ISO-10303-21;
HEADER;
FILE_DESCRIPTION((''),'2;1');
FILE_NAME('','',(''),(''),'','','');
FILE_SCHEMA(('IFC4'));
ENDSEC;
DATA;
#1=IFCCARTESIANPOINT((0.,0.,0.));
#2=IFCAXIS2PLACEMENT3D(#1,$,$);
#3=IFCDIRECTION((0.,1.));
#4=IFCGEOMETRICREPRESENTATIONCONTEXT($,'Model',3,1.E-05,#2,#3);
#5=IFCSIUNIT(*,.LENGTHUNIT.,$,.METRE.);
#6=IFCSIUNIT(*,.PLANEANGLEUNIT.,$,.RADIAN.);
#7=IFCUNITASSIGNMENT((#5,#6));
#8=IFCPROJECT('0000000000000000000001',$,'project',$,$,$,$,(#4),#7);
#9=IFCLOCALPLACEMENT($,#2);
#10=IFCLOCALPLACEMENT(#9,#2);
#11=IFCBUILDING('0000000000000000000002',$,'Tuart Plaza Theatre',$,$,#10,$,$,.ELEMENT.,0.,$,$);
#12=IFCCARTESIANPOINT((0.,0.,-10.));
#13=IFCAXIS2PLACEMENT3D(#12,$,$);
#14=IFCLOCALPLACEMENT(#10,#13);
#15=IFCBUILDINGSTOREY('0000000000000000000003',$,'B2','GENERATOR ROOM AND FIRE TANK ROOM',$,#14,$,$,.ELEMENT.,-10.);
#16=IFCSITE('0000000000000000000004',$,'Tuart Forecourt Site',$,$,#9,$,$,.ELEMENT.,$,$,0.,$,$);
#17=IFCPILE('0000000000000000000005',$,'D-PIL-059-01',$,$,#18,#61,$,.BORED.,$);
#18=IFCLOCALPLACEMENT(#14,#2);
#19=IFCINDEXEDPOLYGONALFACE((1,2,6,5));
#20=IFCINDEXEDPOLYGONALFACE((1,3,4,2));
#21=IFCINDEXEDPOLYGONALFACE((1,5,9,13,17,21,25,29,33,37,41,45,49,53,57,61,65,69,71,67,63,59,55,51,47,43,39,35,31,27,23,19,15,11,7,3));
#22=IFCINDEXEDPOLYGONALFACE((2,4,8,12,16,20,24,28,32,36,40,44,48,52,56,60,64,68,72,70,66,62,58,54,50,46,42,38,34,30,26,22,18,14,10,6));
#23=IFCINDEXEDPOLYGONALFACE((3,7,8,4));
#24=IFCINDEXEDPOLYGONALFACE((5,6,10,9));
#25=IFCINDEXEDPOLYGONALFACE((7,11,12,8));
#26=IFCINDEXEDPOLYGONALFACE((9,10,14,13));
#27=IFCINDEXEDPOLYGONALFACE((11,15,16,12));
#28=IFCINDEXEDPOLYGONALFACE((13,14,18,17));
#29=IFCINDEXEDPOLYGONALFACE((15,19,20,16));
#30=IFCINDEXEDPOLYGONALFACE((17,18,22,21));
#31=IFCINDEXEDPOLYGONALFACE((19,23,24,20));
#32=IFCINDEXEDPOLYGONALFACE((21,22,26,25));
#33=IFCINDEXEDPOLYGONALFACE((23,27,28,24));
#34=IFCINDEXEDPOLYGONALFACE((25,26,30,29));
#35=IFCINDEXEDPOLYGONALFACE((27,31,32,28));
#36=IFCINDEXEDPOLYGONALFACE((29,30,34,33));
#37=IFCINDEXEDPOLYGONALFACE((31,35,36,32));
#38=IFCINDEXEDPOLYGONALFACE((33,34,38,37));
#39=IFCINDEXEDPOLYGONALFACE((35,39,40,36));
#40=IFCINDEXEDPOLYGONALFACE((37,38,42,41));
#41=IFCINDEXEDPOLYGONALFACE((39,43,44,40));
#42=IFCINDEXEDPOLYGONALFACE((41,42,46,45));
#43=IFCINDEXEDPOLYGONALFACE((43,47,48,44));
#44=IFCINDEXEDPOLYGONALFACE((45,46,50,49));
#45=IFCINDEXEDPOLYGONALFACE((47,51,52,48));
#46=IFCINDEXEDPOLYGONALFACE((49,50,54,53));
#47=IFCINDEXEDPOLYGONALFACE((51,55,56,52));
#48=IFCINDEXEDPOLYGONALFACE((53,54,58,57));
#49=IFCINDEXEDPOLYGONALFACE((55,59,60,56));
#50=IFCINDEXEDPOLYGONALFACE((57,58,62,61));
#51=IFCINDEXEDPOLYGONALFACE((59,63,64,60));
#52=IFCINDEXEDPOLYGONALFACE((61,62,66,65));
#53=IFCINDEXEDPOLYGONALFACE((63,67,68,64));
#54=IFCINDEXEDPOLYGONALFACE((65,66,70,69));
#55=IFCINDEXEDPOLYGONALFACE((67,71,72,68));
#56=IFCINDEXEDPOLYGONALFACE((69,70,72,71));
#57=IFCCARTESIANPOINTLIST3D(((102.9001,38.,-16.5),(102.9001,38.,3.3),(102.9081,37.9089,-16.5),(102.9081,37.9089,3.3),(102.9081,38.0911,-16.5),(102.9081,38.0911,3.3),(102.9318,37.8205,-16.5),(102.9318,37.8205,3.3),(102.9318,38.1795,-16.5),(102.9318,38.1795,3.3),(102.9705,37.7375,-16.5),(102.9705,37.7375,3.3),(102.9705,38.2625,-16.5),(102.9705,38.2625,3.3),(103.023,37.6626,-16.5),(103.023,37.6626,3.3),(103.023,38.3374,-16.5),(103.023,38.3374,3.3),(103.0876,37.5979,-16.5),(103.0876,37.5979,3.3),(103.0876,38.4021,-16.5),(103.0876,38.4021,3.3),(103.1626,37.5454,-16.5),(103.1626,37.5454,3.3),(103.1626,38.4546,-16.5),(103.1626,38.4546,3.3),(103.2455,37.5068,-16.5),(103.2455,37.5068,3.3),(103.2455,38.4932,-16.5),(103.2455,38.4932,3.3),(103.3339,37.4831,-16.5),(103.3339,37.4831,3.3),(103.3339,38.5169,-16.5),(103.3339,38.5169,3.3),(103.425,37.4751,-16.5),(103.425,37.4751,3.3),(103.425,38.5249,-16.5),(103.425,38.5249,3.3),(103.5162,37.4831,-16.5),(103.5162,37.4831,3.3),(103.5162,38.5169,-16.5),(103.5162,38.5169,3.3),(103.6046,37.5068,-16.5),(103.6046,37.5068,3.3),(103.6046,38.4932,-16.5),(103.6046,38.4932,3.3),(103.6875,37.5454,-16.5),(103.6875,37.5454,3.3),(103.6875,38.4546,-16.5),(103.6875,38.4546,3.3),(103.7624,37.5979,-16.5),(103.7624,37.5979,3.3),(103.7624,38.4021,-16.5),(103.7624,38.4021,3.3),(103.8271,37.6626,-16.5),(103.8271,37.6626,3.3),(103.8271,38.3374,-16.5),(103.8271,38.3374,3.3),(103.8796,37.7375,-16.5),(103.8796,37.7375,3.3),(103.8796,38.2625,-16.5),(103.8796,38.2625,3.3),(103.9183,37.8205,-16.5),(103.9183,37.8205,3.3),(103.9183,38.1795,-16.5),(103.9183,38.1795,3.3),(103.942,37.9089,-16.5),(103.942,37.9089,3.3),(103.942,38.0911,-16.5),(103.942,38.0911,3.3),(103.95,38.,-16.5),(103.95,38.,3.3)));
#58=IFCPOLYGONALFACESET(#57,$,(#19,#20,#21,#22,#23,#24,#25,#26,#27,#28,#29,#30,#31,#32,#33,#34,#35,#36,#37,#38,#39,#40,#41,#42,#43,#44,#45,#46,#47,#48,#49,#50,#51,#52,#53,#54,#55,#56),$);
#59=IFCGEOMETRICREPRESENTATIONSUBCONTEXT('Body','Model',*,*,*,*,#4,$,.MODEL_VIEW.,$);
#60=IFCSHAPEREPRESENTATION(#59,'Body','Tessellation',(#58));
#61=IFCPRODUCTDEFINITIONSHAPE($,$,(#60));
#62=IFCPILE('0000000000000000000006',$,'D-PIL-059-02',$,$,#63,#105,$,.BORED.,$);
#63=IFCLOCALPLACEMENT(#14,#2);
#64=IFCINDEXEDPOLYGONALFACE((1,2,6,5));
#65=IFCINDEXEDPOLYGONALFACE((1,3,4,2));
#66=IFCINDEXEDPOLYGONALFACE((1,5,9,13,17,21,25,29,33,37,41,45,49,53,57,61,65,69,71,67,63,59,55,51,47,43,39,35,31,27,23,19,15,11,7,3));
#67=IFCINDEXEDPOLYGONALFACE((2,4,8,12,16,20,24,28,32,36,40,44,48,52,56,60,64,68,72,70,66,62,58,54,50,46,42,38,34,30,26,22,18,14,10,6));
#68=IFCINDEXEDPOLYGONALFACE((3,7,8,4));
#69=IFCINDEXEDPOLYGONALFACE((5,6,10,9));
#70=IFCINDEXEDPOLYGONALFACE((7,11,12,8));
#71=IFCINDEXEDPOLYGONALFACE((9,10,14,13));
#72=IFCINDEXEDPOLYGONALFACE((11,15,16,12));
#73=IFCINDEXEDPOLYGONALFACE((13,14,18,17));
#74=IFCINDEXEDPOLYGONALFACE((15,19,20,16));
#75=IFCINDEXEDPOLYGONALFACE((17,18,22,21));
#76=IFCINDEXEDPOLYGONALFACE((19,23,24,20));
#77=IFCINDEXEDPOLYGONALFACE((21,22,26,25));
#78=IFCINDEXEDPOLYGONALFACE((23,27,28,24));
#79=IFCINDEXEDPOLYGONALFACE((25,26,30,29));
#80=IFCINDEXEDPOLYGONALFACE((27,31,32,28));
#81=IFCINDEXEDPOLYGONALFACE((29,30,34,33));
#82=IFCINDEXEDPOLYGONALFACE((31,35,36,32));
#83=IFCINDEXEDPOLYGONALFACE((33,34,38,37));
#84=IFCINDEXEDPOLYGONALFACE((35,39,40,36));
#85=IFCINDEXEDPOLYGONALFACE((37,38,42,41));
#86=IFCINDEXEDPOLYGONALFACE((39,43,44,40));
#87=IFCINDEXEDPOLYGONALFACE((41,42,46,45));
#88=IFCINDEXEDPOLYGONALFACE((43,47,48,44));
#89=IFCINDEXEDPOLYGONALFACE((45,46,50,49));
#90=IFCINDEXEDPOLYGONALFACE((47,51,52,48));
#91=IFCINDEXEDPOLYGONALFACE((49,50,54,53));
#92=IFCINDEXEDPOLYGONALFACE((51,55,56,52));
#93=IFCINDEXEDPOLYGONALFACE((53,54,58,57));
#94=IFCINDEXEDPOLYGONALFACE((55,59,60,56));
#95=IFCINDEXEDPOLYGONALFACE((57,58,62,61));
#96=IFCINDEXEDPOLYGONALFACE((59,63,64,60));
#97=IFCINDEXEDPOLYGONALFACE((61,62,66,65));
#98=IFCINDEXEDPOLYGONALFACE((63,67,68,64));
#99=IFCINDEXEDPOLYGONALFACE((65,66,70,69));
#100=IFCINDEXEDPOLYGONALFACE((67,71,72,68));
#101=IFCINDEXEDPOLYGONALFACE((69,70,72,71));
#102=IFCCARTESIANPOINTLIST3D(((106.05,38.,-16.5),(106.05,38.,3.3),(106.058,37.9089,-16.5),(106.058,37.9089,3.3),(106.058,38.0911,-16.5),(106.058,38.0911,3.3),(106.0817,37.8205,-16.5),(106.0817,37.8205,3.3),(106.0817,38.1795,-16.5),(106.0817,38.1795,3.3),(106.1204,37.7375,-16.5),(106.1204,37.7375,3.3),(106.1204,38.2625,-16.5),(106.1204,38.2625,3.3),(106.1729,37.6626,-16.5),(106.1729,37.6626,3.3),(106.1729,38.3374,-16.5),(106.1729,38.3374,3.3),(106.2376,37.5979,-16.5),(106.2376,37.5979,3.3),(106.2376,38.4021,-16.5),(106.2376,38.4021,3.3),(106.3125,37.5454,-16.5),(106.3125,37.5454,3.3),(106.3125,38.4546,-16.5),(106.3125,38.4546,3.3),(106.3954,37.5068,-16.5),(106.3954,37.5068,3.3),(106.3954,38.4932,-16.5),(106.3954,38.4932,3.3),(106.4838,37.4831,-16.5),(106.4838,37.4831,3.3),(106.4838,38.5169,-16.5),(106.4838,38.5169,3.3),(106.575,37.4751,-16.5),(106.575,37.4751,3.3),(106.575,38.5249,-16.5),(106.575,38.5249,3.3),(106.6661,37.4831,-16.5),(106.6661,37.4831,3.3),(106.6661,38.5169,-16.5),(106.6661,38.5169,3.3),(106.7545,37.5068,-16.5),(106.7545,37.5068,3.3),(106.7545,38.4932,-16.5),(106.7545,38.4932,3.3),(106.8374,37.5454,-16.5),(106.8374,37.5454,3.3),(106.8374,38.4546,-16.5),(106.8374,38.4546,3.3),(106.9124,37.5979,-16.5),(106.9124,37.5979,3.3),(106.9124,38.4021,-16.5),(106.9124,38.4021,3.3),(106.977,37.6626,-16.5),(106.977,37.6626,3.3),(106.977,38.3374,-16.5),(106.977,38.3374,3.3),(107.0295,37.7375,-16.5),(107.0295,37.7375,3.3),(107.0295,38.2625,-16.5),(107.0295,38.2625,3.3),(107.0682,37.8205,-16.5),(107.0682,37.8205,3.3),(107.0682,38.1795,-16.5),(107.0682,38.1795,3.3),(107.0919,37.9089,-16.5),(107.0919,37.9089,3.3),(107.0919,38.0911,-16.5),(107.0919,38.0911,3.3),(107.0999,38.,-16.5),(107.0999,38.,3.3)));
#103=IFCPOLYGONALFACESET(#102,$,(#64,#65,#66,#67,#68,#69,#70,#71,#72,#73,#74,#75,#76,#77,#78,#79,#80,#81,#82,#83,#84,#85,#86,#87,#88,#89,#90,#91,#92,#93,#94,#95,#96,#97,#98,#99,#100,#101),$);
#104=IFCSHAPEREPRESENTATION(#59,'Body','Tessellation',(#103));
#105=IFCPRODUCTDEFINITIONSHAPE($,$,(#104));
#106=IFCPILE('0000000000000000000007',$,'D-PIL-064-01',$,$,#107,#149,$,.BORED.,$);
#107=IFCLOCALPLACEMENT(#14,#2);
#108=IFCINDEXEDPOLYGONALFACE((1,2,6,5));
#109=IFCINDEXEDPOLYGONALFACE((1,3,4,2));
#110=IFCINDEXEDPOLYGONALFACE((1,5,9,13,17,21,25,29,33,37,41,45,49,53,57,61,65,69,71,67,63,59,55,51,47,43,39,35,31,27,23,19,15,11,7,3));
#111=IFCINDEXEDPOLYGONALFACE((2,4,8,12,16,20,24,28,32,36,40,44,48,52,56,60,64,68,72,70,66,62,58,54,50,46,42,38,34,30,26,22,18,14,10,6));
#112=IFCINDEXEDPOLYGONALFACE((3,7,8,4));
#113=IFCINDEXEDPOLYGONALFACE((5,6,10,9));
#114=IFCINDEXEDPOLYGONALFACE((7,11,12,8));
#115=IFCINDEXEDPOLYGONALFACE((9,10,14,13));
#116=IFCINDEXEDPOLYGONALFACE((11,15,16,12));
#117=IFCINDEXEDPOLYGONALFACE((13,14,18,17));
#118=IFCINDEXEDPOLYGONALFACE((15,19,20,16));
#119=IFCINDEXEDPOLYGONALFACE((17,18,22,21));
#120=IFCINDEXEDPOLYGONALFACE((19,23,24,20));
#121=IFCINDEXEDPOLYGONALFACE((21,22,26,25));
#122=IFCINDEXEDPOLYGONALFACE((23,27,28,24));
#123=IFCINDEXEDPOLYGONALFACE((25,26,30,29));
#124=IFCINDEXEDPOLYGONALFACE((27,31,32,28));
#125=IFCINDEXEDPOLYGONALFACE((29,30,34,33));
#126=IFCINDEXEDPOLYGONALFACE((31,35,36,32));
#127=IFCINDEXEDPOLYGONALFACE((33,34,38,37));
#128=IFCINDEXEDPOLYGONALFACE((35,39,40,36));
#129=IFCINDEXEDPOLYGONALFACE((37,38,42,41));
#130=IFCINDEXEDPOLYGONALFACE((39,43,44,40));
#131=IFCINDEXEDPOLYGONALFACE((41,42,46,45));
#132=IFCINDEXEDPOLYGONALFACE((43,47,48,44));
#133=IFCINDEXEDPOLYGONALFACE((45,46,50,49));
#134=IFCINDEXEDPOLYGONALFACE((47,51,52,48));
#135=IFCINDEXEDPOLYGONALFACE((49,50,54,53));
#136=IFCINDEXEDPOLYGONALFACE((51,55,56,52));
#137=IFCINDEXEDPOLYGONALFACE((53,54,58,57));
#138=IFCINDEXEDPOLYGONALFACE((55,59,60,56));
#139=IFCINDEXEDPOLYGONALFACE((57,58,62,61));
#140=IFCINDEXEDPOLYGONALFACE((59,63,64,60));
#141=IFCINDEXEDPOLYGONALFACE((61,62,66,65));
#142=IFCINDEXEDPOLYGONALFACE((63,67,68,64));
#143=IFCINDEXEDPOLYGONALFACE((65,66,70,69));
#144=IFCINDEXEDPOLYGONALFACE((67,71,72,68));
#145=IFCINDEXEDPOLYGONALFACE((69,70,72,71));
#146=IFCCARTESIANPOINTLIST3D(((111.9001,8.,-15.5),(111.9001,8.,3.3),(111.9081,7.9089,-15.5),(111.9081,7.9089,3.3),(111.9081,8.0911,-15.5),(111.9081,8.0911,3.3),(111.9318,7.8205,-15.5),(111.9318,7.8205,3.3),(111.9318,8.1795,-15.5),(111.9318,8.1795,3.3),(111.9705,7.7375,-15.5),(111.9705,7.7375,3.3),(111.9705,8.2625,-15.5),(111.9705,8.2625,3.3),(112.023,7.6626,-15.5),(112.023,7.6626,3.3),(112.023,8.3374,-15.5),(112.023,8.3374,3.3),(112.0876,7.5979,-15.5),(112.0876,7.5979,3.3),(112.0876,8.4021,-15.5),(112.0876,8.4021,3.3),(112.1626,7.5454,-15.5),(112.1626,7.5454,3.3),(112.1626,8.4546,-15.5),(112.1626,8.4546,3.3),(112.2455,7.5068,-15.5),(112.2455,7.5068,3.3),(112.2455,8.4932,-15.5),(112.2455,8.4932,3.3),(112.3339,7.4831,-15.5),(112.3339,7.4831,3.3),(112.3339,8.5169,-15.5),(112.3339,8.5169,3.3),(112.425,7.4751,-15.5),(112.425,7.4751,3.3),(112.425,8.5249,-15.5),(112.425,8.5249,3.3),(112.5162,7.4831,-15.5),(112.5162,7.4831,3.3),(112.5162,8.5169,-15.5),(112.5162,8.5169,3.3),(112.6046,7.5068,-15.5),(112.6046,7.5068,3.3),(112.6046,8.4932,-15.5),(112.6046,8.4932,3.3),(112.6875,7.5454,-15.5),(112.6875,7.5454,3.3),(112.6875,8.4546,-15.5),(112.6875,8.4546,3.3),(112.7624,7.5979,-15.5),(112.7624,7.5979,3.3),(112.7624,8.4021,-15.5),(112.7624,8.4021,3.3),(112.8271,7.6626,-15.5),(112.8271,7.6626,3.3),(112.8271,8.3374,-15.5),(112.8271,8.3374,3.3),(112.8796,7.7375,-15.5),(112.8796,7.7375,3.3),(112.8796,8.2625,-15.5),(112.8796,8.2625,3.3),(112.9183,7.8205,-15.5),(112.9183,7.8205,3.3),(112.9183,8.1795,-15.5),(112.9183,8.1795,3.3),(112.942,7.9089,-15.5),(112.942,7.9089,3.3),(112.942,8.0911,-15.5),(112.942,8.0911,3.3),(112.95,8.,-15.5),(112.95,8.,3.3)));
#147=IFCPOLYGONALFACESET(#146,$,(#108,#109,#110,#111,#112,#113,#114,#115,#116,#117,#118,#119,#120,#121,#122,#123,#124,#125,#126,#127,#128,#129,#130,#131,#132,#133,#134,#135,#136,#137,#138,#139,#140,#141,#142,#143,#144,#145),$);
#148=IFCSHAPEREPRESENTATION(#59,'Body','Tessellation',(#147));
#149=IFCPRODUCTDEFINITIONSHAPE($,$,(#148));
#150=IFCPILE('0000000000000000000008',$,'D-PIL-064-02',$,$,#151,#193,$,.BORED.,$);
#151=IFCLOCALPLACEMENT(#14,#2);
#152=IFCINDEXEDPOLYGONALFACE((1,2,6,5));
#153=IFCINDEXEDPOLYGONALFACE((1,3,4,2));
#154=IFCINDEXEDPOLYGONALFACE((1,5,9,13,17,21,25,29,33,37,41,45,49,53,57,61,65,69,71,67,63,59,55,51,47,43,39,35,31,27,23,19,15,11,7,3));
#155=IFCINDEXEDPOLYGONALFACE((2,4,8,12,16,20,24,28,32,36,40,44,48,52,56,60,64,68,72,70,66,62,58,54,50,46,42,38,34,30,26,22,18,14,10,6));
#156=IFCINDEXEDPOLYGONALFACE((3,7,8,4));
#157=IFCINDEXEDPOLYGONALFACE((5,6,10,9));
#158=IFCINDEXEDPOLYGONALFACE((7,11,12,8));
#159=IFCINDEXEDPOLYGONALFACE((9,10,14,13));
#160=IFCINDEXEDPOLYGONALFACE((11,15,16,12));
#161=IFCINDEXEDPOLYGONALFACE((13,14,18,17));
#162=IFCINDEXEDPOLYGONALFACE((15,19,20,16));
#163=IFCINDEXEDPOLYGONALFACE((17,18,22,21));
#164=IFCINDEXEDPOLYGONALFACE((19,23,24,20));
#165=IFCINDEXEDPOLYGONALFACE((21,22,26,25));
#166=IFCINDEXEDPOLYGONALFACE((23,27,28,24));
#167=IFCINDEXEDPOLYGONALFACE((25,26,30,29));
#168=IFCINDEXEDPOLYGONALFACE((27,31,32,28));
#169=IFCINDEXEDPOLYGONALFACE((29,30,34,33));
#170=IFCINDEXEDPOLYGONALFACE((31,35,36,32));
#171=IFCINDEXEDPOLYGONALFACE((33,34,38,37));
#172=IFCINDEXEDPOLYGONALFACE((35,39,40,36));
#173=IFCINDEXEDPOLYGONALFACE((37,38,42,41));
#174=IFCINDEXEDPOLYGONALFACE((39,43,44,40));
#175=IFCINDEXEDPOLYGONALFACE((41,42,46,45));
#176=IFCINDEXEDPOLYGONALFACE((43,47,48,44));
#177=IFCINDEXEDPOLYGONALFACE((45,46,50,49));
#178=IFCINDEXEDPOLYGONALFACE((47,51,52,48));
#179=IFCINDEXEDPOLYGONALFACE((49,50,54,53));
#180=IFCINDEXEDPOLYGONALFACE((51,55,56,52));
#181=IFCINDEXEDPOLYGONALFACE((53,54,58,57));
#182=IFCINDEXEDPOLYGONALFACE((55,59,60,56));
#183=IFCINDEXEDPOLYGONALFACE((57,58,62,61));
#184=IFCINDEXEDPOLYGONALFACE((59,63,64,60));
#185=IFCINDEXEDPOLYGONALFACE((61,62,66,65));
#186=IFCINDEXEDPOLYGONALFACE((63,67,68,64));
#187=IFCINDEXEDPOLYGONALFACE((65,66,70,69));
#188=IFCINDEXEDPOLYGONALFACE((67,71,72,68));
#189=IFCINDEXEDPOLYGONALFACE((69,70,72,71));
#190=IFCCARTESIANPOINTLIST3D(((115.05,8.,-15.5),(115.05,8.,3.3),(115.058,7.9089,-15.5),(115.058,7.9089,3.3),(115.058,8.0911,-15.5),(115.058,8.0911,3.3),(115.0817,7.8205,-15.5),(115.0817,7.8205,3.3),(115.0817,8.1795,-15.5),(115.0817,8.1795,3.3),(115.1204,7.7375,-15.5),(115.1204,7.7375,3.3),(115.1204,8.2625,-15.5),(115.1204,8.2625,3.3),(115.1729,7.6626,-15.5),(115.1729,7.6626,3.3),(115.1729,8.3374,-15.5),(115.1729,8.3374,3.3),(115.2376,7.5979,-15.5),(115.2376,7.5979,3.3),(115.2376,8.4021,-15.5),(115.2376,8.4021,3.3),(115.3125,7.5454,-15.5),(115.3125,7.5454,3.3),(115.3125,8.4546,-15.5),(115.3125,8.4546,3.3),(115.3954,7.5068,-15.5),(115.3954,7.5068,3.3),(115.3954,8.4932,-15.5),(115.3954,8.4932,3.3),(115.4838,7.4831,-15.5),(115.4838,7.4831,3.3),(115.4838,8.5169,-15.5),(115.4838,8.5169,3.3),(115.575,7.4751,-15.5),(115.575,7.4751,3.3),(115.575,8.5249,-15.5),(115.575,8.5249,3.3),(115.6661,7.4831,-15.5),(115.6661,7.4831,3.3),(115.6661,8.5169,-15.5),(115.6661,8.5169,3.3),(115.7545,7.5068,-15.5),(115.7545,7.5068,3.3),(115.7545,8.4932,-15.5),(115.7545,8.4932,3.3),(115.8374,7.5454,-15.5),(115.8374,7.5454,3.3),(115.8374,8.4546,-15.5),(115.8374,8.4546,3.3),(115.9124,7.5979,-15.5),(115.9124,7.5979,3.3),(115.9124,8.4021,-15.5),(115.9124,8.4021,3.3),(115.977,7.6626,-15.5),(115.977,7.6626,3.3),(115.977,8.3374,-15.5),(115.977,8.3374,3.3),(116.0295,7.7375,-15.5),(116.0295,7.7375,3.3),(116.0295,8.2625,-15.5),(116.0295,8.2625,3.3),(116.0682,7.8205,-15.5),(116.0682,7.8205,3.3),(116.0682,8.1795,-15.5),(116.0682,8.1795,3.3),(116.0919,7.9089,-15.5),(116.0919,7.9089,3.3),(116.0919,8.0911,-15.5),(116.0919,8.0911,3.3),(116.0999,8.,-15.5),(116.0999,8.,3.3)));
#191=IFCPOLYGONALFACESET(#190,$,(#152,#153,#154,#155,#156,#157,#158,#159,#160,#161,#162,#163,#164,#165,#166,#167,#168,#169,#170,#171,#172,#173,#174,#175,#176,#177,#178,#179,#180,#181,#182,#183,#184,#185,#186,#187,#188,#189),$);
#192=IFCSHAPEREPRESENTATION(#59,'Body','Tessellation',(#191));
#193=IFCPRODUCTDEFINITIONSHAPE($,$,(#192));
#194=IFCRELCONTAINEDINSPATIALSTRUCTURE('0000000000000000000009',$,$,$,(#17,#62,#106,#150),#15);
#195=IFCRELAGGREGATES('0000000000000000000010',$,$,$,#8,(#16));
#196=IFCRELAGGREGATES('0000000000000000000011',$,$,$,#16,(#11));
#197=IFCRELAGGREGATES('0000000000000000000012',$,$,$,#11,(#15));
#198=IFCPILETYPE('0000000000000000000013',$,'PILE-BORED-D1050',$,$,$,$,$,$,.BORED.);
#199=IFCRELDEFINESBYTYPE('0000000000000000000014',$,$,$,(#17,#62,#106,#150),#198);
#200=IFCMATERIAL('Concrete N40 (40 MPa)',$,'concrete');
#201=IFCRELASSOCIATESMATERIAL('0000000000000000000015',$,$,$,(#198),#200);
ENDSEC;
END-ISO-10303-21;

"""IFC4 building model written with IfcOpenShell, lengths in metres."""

from ifc_helpers import new_model, si_unit, direction, frame, origin, origin_2d, place, context, subcontext, project, spatial, circle, extrude, material, material_profile, profile_set, type_object, element, save


model = new_model("IFC4")

# Units and contexts
model_context = context("Model", 3, precision=1e-05, world=origin(), true_north=direction((0.0, 1.0)))
body_context = subcontext(model_context, "Body", "Model", "MODEL_VIEW")
ifc_project = project(units=[si_unit("LENGTHUNIT", "METRE"), si_unit("PLANEANGLEUNIT", "RADIAN")], contexts=[model_context])

# Site, building, storey
site_placement = place(None, origin())
site = spatial("IfcSite", under=ifc_project, at=site_placement, Name="Tuart Forecourt Site", CompositionType="ELEMENT", RefElevation=0.0)
building_placement = place(site_placement, origin())
building = spatial("IfcBuilding", under=site, at=building_placement, Name="Tuart Plaza Theatre", CompositionType="ELEMENT", ElevationOfRefHeight=0.0)
storey_placement = place(building_placement, frame((0.0, 0.0, -10.0)))
storey = spatial("IfcBuildingStorey", under=building, at=storey_placement, Name="B2", Description="GENERATOR ROOM AND FIRE TANK ROOM", CompositionType="ELEMENT", Elevation=-10.0)

# Piles
ifc_material_1 = material(Name="Concrete N40 (40 MPa)", Category="concrete")
ifc_material_profile_1 = material_profile(ifc_material_1, circle(Radius=0.5249, at=origin_2d()), Name="PILE-BORED-D1050")
ifc_profile_set_1 = profile_set([ifc_material_profile_1], Name="Concrete N40 (40 MPa)")
pile_type_1 = type_object("IfcPileType", Name="PILE-BORED-D1050", PredefinedType="BORED", material=ifc_profile_set_1)
for number, where, z_axis, x_axis, name in (
    (1, (103.425, 38.0, 3.3), (0.0, 0.0, -1.0), (1.0, 0.0, 0.0), "D-PIL-059-01"),
    (2, (106.575, 38.0, 3.3), (0.0, 0.0, -1.0), (1.0, 0.0, 0.0), "D-PIL-059-02"),
):
    element("IfcPile", number, at=place(storey_placement, frame(where, z_axis=z_axis, x_axis=x_axis)), inside=storey, type_object=pile_type_1, Name=name, PredefinedType="BORED", context=body_context, shape_type="SweptSolid", body=[
        extrude(circle(Radius=0.5249, at=origin_2d()), origin(), (0.0, 0.0, 1.0), 19.8),
    ])
for number, where, z_axis, x_axis, name in (
    (3, (112.425, 8.0, 3.3), (0.0, 0.0, -1.0), (1.0, 0.0, 0.0), "D-PIL-064-01"),
    (4, (115.575, 8.0, 3.3), (0.0, 0.0, -1.0), (1.0, 0.0, 0.0), "D-PIL-064-02"),
):
    element("IfcPile", number, at=place(storey_placement, frame(where, z_axis=z_axis, x_axis=x_axis)), inside=storey, type_object=pile_type_1, Name=name, PredefinedType="BORED", context=body_context, shape_type="SweptSolid", body=[
        extrude(circle(Radius=0.5249, at=origin_2d()), origin(), (0.0, 0.0, 1.0), 18.8),
    ])

save(model, "model.ifc")
